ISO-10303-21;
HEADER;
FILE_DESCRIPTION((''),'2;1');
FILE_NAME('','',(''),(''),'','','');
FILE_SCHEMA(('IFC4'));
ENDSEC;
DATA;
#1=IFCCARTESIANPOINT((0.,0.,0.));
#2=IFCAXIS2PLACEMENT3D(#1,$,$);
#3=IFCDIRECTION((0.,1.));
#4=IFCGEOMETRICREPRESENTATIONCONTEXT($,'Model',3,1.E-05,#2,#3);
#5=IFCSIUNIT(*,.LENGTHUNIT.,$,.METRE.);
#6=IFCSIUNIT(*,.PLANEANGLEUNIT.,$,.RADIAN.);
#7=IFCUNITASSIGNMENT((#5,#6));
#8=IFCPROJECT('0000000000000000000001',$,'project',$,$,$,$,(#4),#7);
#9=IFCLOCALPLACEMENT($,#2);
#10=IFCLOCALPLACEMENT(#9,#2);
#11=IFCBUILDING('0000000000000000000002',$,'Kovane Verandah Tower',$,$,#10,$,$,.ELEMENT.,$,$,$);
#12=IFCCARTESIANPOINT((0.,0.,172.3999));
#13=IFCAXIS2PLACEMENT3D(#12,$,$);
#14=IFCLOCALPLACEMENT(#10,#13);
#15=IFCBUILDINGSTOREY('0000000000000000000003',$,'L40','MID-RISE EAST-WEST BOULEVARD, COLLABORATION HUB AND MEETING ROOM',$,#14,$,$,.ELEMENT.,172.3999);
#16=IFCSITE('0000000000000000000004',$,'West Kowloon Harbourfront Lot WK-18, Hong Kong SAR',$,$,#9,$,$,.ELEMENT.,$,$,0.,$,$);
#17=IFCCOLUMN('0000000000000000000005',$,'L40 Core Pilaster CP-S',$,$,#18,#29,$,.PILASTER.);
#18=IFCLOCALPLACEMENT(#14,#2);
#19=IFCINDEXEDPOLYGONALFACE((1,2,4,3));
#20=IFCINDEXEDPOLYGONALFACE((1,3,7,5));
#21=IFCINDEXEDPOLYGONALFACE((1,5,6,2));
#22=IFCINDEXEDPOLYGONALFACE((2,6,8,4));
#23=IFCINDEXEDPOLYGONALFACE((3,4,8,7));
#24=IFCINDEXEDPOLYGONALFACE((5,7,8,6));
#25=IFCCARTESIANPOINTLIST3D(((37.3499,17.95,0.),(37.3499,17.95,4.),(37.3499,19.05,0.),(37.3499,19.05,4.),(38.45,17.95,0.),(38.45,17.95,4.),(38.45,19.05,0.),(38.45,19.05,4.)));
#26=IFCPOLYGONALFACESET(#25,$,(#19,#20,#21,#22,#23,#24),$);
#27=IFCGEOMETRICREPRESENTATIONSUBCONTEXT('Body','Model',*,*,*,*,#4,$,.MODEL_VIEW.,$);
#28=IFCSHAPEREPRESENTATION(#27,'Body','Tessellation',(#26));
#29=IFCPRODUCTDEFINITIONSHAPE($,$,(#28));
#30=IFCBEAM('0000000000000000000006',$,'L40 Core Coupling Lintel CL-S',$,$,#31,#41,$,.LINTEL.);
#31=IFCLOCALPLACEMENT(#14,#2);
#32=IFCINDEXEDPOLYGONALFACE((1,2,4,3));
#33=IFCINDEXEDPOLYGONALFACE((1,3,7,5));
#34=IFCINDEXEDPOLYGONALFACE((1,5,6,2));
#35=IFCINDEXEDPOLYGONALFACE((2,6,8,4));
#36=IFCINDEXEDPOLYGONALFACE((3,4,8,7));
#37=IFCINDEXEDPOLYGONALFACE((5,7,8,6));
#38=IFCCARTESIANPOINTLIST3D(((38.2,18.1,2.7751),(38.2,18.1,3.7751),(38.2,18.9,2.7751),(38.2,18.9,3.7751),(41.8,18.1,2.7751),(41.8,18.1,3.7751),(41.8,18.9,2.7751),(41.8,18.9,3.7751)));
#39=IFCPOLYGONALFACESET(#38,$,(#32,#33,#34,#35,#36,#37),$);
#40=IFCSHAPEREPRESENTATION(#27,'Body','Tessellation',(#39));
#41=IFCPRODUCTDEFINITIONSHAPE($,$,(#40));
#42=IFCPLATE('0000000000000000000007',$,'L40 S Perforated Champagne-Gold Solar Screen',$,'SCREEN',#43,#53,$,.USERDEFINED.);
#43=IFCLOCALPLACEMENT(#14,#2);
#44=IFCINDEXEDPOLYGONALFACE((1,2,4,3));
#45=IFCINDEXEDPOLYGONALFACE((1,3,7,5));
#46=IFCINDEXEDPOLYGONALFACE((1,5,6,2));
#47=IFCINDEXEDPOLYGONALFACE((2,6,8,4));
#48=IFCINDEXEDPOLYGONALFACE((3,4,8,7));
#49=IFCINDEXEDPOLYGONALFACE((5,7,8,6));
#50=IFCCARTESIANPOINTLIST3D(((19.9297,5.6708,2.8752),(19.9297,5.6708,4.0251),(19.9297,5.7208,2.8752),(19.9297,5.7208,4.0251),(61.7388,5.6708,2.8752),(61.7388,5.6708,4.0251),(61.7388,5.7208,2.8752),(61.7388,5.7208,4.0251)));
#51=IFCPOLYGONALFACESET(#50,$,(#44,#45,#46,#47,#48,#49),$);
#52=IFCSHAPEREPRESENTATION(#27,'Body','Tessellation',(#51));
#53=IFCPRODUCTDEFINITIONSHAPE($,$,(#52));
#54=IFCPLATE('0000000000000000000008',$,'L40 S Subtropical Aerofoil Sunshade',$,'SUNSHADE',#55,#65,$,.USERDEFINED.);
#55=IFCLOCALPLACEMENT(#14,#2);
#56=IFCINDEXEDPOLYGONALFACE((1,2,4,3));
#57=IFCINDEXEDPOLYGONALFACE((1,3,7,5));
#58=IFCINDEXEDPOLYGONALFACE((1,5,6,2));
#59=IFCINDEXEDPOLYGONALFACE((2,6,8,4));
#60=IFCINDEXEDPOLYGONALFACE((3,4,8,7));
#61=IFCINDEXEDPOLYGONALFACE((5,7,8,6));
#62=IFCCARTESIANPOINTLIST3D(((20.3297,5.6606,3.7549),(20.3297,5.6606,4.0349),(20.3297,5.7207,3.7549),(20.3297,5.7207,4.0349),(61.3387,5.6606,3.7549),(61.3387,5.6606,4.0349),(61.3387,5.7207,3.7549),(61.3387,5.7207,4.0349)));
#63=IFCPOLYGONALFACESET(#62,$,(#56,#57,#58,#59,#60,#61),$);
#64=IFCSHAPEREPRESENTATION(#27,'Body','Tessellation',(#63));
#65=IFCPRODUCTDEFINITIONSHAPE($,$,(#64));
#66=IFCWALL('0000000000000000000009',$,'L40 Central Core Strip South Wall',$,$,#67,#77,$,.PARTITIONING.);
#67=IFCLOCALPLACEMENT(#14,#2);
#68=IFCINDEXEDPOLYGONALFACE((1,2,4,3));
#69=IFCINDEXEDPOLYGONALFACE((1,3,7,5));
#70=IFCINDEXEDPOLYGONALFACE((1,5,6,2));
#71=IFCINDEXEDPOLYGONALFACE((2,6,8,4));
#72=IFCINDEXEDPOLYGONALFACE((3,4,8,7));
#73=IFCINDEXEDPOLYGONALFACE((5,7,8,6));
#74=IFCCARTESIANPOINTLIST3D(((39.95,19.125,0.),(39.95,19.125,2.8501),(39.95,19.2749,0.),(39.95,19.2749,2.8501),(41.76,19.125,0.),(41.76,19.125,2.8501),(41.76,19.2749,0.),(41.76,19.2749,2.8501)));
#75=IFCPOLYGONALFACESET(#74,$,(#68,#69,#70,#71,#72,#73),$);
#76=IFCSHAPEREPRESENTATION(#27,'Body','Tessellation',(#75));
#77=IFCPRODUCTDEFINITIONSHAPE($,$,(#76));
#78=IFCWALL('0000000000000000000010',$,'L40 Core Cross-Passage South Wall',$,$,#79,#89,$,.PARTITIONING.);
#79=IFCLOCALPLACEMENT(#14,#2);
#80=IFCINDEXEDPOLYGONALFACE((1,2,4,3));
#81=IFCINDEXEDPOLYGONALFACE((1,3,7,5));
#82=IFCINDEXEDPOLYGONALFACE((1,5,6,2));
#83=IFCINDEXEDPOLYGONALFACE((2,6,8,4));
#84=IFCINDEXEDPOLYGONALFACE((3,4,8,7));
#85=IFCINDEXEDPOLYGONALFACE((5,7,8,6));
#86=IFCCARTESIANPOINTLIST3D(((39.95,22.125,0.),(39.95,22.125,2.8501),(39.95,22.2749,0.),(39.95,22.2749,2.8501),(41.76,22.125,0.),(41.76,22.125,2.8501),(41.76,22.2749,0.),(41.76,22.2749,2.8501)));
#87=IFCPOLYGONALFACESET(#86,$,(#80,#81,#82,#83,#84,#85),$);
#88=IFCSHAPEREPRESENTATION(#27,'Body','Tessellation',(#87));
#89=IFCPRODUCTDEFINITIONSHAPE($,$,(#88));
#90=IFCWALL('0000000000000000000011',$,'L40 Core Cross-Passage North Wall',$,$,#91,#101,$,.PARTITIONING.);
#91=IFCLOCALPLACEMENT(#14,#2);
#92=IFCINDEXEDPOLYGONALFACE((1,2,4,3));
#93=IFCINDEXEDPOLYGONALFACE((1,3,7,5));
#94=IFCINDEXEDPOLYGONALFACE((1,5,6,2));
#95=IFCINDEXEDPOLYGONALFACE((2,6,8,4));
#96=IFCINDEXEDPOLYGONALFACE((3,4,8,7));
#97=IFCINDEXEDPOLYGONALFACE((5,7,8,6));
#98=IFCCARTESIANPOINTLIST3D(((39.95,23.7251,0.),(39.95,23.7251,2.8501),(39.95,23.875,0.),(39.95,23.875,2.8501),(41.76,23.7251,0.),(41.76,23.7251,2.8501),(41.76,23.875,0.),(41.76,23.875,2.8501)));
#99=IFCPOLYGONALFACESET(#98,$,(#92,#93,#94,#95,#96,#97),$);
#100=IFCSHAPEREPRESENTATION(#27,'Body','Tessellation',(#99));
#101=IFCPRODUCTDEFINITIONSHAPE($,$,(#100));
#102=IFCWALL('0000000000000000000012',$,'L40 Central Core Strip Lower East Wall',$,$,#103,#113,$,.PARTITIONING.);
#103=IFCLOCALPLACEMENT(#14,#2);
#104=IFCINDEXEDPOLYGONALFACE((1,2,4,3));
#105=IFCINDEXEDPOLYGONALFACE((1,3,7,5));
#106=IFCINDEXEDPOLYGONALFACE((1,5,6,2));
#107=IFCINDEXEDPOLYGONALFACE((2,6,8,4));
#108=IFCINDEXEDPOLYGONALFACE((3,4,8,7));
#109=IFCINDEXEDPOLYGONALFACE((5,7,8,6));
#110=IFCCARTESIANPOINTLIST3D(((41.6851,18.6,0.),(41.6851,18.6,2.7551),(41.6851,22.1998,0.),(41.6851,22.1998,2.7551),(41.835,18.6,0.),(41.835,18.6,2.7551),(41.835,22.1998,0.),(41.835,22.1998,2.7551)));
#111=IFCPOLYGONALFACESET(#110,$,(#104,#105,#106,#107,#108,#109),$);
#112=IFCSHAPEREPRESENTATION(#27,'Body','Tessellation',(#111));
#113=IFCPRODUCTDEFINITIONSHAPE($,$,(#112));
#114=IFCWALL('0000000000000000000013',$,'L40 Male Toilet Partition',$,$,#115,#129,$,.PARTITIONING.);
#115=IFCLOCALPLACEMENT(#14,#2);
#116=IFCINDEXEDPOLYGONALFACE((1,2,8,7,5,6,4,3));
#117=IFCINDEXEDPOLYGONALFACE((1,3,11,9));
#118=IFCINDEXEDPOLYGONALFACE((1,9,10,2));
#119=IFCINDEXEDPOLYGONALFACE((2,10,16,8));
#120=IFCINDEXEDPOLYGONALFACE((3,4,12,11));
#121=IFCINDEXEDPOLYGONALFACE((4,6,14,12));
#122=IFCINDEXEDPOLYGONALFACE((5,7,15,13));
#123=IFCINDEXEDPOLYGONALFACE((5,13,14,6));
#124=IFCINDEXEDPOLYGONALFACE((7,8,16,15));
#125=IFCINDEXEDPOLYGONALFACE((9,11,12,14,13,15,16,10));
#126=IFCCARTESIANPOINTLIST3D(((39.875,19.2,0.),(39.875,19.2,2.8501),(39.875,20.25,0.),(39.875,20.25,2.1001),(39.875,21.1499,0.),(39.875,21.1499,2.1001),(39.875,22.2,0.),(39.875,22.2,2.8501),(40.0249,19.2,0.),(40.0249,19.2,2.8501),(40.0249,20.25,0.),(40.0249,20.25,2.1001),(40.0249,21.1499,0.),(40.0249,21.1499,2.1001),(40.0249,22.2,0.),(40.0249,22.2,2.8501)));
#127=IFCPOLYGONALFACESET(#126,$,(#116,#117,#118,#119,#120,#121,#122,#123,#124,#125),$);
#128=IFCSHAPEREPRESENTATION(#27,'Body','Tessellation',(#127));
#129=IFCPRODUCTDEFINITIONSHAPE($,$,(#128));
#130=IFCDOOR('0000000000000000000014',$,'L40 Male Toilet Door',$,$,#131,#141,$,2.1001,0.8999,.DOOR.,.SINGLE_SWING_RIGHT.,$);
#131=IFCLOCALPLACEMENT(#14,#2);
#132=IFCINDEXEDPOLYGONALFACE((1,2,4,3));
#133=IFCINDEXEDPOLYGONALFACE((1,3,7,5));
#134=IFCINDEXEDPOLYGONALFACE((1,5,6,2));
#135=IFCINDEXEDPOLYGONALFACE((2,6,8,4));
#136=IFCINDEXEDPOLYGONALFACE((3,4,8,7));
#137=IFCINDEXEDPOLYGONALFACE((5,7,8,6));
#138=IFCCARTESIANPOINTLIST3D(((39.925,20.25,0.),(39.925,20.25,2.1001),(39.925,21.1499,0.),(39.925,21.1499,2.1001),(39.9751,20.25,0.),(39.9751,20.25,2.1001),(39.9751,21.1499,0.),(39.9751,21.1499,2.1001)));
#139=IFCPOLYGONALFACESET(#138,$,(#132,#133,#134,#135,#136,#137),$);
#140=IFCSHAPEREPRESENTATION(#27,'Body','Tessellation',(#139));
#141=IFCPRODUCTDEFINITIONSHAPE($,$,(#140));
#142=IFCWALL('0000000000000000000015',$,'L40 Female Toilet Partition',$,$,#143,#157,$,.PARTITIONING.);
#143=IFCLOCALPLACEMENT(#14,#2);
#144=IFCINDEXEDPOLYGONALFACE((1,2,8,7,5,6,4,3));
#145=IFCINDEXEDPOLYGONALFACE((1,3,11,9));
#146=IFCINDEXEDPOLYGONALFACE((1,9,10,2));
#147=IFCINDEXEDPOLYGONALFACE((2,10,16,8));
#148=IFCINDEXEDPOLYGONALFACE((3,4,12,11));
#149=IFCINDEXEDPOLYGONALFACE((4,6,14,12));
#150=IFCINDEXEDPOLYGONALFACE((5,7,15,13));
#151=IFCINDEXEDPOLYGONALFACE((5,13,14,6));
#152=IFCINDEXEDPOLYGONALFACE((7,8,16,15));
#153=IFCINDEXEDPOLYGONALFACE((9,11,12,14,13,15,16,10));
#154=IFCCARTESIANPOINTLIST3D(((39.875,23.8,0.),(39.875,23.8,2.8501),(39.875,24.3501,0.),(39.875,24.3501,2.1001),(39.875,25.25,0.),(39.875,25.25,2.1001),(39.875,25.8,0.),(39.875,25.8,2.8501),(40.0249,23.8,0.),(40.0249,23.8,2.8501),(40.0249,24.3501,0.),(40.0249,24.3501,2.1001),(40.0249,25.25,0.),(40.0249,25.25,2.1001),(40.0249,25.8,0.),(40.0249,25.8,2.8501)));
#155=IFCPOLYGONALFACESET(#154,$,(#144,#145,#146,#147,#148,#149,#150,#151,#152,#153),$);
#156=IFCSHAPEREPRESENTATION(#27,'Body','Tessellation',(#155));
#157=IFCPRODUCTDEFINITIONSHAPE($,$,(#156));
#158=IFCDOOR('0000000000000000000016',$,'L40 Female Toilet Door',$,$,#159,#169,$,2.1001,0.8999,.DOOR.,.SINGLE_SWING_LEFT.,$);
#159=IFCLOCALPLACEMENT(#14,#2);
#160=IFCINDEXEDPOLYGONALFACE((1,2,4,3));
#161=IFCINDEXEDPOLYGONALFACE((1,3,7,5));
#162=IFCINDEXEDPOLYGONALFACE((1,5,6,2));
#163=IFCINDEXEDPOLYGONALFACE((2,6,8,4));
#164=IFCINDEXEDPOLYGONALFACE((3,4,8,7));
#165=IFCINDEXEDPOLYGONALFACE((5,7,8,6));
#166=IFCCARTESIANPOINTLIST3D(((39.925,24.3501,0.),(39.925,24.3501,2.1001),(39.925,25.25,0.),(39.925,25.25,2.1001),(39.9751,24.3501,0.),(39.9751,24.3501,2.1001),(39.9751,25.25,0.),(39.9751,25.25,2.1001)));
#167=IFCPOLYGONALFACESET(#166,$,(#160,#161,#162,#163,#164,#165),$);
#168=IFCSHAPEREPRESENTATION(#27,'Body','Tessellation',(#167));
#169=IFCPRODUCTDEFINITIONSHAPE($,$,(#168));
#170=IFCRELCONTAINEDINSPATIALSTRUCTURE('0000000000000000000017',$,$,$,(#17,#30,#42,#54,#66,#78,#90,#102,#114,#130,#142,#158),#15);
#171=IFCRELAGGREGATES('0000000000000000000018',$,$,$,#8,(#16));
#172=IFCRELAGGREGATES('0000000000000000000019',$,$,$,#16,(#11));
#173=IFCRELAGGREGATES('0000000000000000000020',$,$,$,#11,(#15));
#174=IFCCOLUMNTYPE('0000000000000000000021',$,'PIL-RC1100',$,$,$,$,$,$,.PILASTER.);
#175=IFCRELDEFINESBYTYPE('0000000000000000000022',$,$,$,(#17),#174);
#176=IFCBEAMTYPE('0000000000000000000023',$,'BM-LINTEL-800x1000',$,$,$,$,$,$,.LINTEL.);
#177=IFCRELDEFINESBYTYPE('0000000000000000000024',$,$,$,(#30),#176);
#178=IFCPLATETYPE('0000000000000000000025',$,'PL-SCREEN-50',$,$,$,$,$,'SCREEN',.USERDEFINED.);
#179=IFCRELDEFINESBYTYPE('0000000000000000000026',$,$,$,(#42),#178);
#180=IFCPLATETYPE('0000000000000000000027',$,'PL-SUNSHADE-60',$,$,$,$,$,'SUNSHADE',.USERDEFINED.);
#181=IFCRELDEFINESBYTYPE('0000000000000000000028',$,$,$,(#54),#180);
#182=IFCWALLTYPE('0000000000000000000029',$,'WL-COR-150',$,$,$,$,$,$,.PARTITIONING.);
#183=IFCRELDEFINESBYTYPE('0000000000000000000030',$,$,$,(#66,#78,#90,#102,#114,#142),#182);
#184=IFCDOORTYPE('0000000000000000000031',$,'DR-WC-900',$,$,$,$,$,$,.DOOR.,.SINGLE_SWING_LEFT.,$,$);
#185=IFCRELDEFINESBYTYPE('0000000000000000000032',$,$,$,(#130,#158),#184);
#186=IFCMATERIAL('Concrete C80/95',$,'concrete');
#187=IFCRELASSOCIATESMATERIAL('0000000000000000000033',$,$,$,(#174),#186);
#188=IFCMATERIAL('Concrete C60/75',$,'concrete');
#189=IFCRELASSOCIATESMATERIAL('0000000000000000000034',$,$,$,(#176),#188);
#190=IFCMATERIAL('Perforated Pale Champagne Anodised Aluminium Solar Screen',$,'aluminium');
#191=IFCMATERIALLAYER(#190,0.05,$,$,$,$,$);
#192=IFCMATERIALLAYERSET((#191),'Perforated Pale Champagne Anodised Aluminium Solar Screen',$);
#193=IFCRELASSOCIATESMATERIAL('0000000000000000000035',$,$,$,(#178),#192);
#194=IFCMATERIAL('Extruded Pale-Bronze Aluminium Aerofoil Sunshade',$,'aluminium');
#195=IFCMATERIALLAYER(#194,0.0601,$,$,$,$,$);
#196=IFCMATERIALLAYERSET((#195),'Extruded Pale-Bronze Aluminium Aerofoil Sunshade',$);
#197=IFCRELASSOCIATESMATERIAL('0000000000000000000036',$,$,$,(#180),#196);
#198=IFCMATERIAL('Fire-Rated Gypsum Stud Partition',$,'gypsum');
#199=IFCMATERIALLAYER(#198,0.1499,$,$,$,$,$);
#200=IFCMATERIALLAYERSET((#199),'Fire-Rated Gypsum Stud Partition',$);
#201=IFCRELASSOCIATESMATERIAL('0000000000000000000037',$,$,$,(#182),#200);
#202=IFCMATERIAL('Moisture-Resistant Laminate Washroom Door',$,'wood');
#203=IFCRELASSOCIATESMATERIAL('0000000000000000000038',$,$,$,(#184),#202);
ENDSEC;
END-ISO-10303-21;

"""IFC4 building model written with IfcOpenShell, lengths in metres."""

from ifc_helpers import new_model, si_unit, direction, frame, frame_2d, origin, origin_2d, place, context, subcontext, project, spatial, rectangle, extrude, material, layer, layer_set, material_profile, profile_set, type_object, element, fill, save


model = new_model("IFC4")

# Units and contexts
model_context = context("Model", 3, precision=1e-05, world=origin(), true_north=direction((0.0, 1.0)))
body_context = subcontext(model_context, "Body", "Model", "MODEL_VIEW")
ifc_project = project(units=[si_unit("LENGTHUNIT", "METRE"), si_unit("PLANEANGLEUNIT", "RADIAN")], contexts=[model_context])

# Site, building, storey
site_placement = place(None, origin())
site = spatial("IfcSite", under=ifc_project, at=site_placement, Name="West Kowloon Harbourfront Lot WK-18, Hong Kong SAR", CompositionType="ELEMENT", RefElevation=0.0)
building_placement = place(site_placement, origin())
building = spatial("IfcBuilding", under=site, at=building_placement, Name="Kovane Verandah Tower", CompositionType="ELEMENT")
storey_placement = place(building_placement, frame((0.0, 0.0, 172.3999)))
storey = spatial("IfcBuildingStorey", under=building, at=storey_placement, Name="L40", Description="MID-RISE EAST-WEST BOULEVARD, COLLABORATION HUB AND MEETING ROOM", CompositionType="ELEMENT", Elevation=172.3999)

# Column
ifc_material_1 = material(Name="Concrete C80/95", Category="concrete")
ifc_material_profile_1 = material_profile(ifc_material_1, rectangle(XDim=1.1001, YDim=1.1001, at=origin_2d()), Name="RC1100x1100")
ifc_profile_set_1 = profile_set([ifc_material_profile_1], Name="Concrete C80/95")
column_type = type_object("IfcColumnType", Name="PIL-RC1100", PredefinedType="PILASTER", material=ifc_profile_set_1)
column_placement = place(storey_placement, frame((37.8999, 18.5, 0.0), z_axis=(0.0, 0.0, 1.0), x_axis=(1.0, 0.0, 0.0)))
element("IfcColumn", 1, at=column_placement, inside=storey, type_object=column_type, Name="L40 Core Pilaster CP-S", PredefinedType="PILASTER", context=body_context, shape_type="SweptSolid", body=[
    extrude(rectangle(XDim=1.1001, YDim=1.1001, at=origin_2d()), origin(), (0.0, 0.0, 1.0), 4.0),
])

# Beam
ifc_material_2 = material(Name="Concrete C60/75", Category="concrete")
ifc_material_profile_2 = material_profile(ifc_material_2, rectangle(XDim=0.8, YDim=1.0, at=origin_2d()), Name="RCB800x1000")
ifc_profile_set_2 = profile_set([ifc_material_profile_2], Name="Concrete C60/75")
beam_type = type_object("IfcBeamType", Name="BM-LINTEL-800x1000", PredefinedType="LINTEL", material=ifc_profile_set_2)
beam_placement = place(storey_placement, frame((38.2, 18.5, 3.2751), z_axis=(1.0, 0.0, 0.0), x_axis=(0.0, 1.0, 0.0)))
element("IfcBeam", 2, at=beam_placement, inside=storey, type_object=beam_type, Name="L40 Core Coupling Lintel CL-S", PredefinedType="LINTEL", context=body_context, shape_type="SweptSolid", body=[
    extrude(rectangle(XDim=0.8, YDim=1.0, at=origin_2d()), origin(), (0.0, 0.0, 1.0), 3.6001),
])

# Plates
ifc_material_3 = material(Name="Perforated Pale Champagne Anodised Aluminium Solar Screen", Category="aluminium")
ifc_layer_1 = layer(ifc_material_3, 0.05)
ifc_layer_set_1 = layer_set([ifc_layer_1], Name="Perforated Pale Champagne Anodised Aluminium Solar Screen")
plate_type_1 = type_object("IfcPlateType", Name="PL-SCREEN-50", ElementType="SCREEN", PredefinedType="USERDEFINED", material=ifc_layer_set_1)
plate_1_placement = place(storey_placement, frame((40.8342, 5.6958, 2.8752), z_axis=(0.0, 0.0, 1.0), x_axis=(1.0, 0.0, 0.0)))
element("IfcPlate", 3, at=plate_1_placement, inside=storey, type_object=plate_type_1, Name="L40 S Perforated Champagne-Gold Solar Screen", ObjectType="SCREEN", PredefinedType="USERDEFINED", context=body_context, shape_type="SweptSolid", body=[
    extrude(rectangle(XDim=41.8091, YDim=0.05, at=origin_2d()), origin(), (0.0, 0.0, 1.0), 1.1499),
])
ifc_material_4 = material(Name="Extruded Pale-Bronze Aluminium Aerofoil Sunshade", Category="aluminium")
ifc_layer_2 = layer(ifc_material_4, 0.0601)
ifc_layer_set_2 = layer_set([ifc_layer_2], Name="Extruded Pale-Bronze Aluminium Aerofoil Sunshade")
plate_type_2 = type_object("IfcPlateType", Name="PL-SUNSHADE-60", ElementType="SUNSHADE", PredefinedType="USERDEFINED", material=ifc_layer_set_2)
plate_2_placement = place(storey_placement, frame((40.8342, 5.6907, 3.7549), z_axis=(0.0, 0.0, 1.0), x_axis=(1.0, 0.0, 0.0)))
element("IfcPlate", 4, at=plate_2_placement, inside=storey, type_object=plate_type_2, Name="L40 S Subtropical Aerofoil Sunshade", ObjectType="SUNSHADE", PredefinedType="USERDEFINED", context=body_context, shape_type="SweptSolid", body=[
    extrude(rectangle(XDim=41.009, YDim=0.0601, at=origin_2d()), origin(), (0.0, 0.0, 1.0), 0.28),
])

# Walls
ifc_material_5 = material(Name="Fire-Rated Gypsum Stud Partition", Category="gypsum")
ifc_layer_3 = layer(ifc_material_5, 0.1499)
ifc_layer_set_3 = layer_set([ifc_layer_3], Name="Fire-Rated Gypsum Stud Partition")
wall_type_1 = type_object("IfcWallType", Name="WL-COR-150", PredefinedType="PARTITIONING", material=ifc_layer_set_3)
for number, where, z_axis, x_axis, name in (
    (5, (39.95, 19.2, 0.0), (0.0, 0.0, 1.0), (1.0, 0.0, 0.0), "L40 Central Core Strip South Wall"),
    (6, (39.95, 22.2, 0.0), (0.0, 0.0, 1.0), (1.0, 0.0, 0.0), "L40 Core Cross-Passage South Wall"),
    (7, (39.95, 23.8, 0.0), (0.0, 0.0, 1.0), (1.0, 0.0, 0.0), "L40 Core Cross-Passage North Wall"),
):
    element("IfcWall", number, at=place(storey_placement, frame(where, z_axis=z_axis, x_axis=x_axis)), inside=storey, type_object=wall_type_1, Name=name, PredefinedType="PARTITIONING", context=body_context, shape_type="SweptSolid", body=[
        extrude(rectangle(XDim=1.8101, YDim=0.1499, at=frame_2d((0.905, 0.0))), origin(), (0.0, 0.0, 1.0), 2.8501),
    ])
wall_1_placement = place(storey_placement, frame((41.76, 18.6001, 0.0), z_axis=(0.0, 0.0, 1.0), x_axis=(0.0, 1.0, 0.0)))
element("IfcWall", 8, at=wall_1_placement, inside=storey, type_object=wall_type_1, Name="L40 Central Core Strip Lower East Wall", PredefinedType="PARTITIONING", context=body_context, shape_type="SweptSolid", body=[
    extrude(rectangle(XDim=3.5999, YDim=0.1499, at=frame_2d((1.7998, 0.0))), origin(), (0.0, 0.0, 1.0), 2.7551),
])

# Walls, openings, doors
wall_2_placement = place(storey_placement, frame((39.95, 19.2, 0.0), z_axis=(0.0, 0.0, 1.0), x_axis=(0.0, 1.0, 0.0)))
wall_2 = element("IfcWall", 9, at=wall_2_placement, inside=storey, type_object=wall_type_1, Name="L40 Male Toilet Partition", PredefinedType="PARTITIONING", context=body_context, shape_type="SweptSolid", body=[
    extrude(rectangle(XDim=3.0, YDim=0.1499, at=frame_2d((1.5, 0.0))), origin(), (0.0, 0.0, 1.0), 2.8501),
])
opening_1_placement = place(wall_2_placement, frame((1.05, 0.0, 0.0)))
opening_1 = element("IfcOpeningElement", 10, at=opening_1_placement, cuts=wall_2, PredefinedType="OPENING", context=body_context, shape_type="SweptSolid", body=[
    extrude(rectangle(XDim=0.8999, YDim=2.1001, at=frame_2d((0.45, 1.05))), frame((0.0, 0.075, 0.0), z_axis=(0.0, -1.0, 0.0), x_axis=(1.0, 0.0, 0.0)), (0.0, 0.0, 1.0), 0.1499),
])
ifc_material_6 = material(Name="Moisture-Resistant Laminate Washroom Door", Category="wood")
door_type_1 = type_object("IfcDoorType", Name="DR-WC-900", OperationType="SINGLE_SWING_LEFT", PredefinedType="DOOR", material=ifc_material_6)
door_1_placement = place(opening_1_placement, origin())
door_1 = element("IfcDoor", 11, at=door_1_placement, inside=storey, type_object=door_type_1, Name="L40 Male Toilet Door", OperationType="SINGLE_SWING_RIGHT", OverallHeight=2.1001, OverallWidth=0.8999, PredefinedType="DOOR", context=body_context, shape_type="SweptSolid", body=[
    extrude(rectangle(XDim=0.8999, YDim=2.1001, at=frame_2d((0.45, 1.05))), frame((0.0, 0.0249, 0.0), z_axis=(0.0, -1.0, 0.0), x_axis=(1.0, 0.0, 0.0)), (0.0, 0.0, 1.0), 0.05),
])
fill(opening_1, door_1)
wall_3_placement = place(storey_placement, frame((39.95, 23.8, 0.0), z_axis=(0.0, 0.0, 1.0), x_axis=(0.0, 1.0, 0.0)))
wall_3 = element("IfcWall", 12, at=wall_3_placement, inside=storey, type_object=wall_type_1, Name="L40 Female Toilet Partition", PredefinedType="PARTITIONING", context=body_context, shape_type="SweptSolid", body=[
    extrude(rectangle(XDim=2.0, YDim=0.1499, at=frame_2d((1.0, 0.0))), origin(), (0.0, 0.0, 1.0), 2.8501),
])
opening_2_placement = place(wall_3_placement, frame((0.55, 0.0, 0.0)))
opening_2 = element("IfcOpeningElement", 13, at=opening_2_placement, cuts=wall_3, PredefinedType="OPENING", context=body_context, shape_type="SweptSolid", body=[
    extrude(rectangle(XDim=0.8999, YDim=2.1001, at=frame_2d((0.45, 1.05))), frame((0.0, 0.075, 0.0), z_axis=(0.0, -1.0, 0.0), x_axis=(1.0, 0.0, 0.0)), (0.0, 0.0, 1.0), 0.1499),
])
door_2_placement = place(opening_2_placement, origin())
door_2 = element("IfcDoor", 14, at=door_2_placement, inside=storey, type_object=door_type_1, Name="L40 Female Toilet Door", OperationType="SINGLE_SWING_LEFT", OverallHeight=2.1001, OverallWidth=0.8999, PredefinedType="DOOR", context=body_context, shape_type="SweptSolid", body=[
    extrude(rectangle(XDim=0.8999, YDim=2.1001, at=frame_2d((0.45, 1.05))), frame((0.0, 0.0249, 0.0), z_axis=(0.0, -1.0, 0.0), x_axis=(1.0, 0.0, 0.0)), (0.0, 0.0, 1.0), 0.05),
])
fill(opening_2, door_2)

save(model, "model.ifc")
